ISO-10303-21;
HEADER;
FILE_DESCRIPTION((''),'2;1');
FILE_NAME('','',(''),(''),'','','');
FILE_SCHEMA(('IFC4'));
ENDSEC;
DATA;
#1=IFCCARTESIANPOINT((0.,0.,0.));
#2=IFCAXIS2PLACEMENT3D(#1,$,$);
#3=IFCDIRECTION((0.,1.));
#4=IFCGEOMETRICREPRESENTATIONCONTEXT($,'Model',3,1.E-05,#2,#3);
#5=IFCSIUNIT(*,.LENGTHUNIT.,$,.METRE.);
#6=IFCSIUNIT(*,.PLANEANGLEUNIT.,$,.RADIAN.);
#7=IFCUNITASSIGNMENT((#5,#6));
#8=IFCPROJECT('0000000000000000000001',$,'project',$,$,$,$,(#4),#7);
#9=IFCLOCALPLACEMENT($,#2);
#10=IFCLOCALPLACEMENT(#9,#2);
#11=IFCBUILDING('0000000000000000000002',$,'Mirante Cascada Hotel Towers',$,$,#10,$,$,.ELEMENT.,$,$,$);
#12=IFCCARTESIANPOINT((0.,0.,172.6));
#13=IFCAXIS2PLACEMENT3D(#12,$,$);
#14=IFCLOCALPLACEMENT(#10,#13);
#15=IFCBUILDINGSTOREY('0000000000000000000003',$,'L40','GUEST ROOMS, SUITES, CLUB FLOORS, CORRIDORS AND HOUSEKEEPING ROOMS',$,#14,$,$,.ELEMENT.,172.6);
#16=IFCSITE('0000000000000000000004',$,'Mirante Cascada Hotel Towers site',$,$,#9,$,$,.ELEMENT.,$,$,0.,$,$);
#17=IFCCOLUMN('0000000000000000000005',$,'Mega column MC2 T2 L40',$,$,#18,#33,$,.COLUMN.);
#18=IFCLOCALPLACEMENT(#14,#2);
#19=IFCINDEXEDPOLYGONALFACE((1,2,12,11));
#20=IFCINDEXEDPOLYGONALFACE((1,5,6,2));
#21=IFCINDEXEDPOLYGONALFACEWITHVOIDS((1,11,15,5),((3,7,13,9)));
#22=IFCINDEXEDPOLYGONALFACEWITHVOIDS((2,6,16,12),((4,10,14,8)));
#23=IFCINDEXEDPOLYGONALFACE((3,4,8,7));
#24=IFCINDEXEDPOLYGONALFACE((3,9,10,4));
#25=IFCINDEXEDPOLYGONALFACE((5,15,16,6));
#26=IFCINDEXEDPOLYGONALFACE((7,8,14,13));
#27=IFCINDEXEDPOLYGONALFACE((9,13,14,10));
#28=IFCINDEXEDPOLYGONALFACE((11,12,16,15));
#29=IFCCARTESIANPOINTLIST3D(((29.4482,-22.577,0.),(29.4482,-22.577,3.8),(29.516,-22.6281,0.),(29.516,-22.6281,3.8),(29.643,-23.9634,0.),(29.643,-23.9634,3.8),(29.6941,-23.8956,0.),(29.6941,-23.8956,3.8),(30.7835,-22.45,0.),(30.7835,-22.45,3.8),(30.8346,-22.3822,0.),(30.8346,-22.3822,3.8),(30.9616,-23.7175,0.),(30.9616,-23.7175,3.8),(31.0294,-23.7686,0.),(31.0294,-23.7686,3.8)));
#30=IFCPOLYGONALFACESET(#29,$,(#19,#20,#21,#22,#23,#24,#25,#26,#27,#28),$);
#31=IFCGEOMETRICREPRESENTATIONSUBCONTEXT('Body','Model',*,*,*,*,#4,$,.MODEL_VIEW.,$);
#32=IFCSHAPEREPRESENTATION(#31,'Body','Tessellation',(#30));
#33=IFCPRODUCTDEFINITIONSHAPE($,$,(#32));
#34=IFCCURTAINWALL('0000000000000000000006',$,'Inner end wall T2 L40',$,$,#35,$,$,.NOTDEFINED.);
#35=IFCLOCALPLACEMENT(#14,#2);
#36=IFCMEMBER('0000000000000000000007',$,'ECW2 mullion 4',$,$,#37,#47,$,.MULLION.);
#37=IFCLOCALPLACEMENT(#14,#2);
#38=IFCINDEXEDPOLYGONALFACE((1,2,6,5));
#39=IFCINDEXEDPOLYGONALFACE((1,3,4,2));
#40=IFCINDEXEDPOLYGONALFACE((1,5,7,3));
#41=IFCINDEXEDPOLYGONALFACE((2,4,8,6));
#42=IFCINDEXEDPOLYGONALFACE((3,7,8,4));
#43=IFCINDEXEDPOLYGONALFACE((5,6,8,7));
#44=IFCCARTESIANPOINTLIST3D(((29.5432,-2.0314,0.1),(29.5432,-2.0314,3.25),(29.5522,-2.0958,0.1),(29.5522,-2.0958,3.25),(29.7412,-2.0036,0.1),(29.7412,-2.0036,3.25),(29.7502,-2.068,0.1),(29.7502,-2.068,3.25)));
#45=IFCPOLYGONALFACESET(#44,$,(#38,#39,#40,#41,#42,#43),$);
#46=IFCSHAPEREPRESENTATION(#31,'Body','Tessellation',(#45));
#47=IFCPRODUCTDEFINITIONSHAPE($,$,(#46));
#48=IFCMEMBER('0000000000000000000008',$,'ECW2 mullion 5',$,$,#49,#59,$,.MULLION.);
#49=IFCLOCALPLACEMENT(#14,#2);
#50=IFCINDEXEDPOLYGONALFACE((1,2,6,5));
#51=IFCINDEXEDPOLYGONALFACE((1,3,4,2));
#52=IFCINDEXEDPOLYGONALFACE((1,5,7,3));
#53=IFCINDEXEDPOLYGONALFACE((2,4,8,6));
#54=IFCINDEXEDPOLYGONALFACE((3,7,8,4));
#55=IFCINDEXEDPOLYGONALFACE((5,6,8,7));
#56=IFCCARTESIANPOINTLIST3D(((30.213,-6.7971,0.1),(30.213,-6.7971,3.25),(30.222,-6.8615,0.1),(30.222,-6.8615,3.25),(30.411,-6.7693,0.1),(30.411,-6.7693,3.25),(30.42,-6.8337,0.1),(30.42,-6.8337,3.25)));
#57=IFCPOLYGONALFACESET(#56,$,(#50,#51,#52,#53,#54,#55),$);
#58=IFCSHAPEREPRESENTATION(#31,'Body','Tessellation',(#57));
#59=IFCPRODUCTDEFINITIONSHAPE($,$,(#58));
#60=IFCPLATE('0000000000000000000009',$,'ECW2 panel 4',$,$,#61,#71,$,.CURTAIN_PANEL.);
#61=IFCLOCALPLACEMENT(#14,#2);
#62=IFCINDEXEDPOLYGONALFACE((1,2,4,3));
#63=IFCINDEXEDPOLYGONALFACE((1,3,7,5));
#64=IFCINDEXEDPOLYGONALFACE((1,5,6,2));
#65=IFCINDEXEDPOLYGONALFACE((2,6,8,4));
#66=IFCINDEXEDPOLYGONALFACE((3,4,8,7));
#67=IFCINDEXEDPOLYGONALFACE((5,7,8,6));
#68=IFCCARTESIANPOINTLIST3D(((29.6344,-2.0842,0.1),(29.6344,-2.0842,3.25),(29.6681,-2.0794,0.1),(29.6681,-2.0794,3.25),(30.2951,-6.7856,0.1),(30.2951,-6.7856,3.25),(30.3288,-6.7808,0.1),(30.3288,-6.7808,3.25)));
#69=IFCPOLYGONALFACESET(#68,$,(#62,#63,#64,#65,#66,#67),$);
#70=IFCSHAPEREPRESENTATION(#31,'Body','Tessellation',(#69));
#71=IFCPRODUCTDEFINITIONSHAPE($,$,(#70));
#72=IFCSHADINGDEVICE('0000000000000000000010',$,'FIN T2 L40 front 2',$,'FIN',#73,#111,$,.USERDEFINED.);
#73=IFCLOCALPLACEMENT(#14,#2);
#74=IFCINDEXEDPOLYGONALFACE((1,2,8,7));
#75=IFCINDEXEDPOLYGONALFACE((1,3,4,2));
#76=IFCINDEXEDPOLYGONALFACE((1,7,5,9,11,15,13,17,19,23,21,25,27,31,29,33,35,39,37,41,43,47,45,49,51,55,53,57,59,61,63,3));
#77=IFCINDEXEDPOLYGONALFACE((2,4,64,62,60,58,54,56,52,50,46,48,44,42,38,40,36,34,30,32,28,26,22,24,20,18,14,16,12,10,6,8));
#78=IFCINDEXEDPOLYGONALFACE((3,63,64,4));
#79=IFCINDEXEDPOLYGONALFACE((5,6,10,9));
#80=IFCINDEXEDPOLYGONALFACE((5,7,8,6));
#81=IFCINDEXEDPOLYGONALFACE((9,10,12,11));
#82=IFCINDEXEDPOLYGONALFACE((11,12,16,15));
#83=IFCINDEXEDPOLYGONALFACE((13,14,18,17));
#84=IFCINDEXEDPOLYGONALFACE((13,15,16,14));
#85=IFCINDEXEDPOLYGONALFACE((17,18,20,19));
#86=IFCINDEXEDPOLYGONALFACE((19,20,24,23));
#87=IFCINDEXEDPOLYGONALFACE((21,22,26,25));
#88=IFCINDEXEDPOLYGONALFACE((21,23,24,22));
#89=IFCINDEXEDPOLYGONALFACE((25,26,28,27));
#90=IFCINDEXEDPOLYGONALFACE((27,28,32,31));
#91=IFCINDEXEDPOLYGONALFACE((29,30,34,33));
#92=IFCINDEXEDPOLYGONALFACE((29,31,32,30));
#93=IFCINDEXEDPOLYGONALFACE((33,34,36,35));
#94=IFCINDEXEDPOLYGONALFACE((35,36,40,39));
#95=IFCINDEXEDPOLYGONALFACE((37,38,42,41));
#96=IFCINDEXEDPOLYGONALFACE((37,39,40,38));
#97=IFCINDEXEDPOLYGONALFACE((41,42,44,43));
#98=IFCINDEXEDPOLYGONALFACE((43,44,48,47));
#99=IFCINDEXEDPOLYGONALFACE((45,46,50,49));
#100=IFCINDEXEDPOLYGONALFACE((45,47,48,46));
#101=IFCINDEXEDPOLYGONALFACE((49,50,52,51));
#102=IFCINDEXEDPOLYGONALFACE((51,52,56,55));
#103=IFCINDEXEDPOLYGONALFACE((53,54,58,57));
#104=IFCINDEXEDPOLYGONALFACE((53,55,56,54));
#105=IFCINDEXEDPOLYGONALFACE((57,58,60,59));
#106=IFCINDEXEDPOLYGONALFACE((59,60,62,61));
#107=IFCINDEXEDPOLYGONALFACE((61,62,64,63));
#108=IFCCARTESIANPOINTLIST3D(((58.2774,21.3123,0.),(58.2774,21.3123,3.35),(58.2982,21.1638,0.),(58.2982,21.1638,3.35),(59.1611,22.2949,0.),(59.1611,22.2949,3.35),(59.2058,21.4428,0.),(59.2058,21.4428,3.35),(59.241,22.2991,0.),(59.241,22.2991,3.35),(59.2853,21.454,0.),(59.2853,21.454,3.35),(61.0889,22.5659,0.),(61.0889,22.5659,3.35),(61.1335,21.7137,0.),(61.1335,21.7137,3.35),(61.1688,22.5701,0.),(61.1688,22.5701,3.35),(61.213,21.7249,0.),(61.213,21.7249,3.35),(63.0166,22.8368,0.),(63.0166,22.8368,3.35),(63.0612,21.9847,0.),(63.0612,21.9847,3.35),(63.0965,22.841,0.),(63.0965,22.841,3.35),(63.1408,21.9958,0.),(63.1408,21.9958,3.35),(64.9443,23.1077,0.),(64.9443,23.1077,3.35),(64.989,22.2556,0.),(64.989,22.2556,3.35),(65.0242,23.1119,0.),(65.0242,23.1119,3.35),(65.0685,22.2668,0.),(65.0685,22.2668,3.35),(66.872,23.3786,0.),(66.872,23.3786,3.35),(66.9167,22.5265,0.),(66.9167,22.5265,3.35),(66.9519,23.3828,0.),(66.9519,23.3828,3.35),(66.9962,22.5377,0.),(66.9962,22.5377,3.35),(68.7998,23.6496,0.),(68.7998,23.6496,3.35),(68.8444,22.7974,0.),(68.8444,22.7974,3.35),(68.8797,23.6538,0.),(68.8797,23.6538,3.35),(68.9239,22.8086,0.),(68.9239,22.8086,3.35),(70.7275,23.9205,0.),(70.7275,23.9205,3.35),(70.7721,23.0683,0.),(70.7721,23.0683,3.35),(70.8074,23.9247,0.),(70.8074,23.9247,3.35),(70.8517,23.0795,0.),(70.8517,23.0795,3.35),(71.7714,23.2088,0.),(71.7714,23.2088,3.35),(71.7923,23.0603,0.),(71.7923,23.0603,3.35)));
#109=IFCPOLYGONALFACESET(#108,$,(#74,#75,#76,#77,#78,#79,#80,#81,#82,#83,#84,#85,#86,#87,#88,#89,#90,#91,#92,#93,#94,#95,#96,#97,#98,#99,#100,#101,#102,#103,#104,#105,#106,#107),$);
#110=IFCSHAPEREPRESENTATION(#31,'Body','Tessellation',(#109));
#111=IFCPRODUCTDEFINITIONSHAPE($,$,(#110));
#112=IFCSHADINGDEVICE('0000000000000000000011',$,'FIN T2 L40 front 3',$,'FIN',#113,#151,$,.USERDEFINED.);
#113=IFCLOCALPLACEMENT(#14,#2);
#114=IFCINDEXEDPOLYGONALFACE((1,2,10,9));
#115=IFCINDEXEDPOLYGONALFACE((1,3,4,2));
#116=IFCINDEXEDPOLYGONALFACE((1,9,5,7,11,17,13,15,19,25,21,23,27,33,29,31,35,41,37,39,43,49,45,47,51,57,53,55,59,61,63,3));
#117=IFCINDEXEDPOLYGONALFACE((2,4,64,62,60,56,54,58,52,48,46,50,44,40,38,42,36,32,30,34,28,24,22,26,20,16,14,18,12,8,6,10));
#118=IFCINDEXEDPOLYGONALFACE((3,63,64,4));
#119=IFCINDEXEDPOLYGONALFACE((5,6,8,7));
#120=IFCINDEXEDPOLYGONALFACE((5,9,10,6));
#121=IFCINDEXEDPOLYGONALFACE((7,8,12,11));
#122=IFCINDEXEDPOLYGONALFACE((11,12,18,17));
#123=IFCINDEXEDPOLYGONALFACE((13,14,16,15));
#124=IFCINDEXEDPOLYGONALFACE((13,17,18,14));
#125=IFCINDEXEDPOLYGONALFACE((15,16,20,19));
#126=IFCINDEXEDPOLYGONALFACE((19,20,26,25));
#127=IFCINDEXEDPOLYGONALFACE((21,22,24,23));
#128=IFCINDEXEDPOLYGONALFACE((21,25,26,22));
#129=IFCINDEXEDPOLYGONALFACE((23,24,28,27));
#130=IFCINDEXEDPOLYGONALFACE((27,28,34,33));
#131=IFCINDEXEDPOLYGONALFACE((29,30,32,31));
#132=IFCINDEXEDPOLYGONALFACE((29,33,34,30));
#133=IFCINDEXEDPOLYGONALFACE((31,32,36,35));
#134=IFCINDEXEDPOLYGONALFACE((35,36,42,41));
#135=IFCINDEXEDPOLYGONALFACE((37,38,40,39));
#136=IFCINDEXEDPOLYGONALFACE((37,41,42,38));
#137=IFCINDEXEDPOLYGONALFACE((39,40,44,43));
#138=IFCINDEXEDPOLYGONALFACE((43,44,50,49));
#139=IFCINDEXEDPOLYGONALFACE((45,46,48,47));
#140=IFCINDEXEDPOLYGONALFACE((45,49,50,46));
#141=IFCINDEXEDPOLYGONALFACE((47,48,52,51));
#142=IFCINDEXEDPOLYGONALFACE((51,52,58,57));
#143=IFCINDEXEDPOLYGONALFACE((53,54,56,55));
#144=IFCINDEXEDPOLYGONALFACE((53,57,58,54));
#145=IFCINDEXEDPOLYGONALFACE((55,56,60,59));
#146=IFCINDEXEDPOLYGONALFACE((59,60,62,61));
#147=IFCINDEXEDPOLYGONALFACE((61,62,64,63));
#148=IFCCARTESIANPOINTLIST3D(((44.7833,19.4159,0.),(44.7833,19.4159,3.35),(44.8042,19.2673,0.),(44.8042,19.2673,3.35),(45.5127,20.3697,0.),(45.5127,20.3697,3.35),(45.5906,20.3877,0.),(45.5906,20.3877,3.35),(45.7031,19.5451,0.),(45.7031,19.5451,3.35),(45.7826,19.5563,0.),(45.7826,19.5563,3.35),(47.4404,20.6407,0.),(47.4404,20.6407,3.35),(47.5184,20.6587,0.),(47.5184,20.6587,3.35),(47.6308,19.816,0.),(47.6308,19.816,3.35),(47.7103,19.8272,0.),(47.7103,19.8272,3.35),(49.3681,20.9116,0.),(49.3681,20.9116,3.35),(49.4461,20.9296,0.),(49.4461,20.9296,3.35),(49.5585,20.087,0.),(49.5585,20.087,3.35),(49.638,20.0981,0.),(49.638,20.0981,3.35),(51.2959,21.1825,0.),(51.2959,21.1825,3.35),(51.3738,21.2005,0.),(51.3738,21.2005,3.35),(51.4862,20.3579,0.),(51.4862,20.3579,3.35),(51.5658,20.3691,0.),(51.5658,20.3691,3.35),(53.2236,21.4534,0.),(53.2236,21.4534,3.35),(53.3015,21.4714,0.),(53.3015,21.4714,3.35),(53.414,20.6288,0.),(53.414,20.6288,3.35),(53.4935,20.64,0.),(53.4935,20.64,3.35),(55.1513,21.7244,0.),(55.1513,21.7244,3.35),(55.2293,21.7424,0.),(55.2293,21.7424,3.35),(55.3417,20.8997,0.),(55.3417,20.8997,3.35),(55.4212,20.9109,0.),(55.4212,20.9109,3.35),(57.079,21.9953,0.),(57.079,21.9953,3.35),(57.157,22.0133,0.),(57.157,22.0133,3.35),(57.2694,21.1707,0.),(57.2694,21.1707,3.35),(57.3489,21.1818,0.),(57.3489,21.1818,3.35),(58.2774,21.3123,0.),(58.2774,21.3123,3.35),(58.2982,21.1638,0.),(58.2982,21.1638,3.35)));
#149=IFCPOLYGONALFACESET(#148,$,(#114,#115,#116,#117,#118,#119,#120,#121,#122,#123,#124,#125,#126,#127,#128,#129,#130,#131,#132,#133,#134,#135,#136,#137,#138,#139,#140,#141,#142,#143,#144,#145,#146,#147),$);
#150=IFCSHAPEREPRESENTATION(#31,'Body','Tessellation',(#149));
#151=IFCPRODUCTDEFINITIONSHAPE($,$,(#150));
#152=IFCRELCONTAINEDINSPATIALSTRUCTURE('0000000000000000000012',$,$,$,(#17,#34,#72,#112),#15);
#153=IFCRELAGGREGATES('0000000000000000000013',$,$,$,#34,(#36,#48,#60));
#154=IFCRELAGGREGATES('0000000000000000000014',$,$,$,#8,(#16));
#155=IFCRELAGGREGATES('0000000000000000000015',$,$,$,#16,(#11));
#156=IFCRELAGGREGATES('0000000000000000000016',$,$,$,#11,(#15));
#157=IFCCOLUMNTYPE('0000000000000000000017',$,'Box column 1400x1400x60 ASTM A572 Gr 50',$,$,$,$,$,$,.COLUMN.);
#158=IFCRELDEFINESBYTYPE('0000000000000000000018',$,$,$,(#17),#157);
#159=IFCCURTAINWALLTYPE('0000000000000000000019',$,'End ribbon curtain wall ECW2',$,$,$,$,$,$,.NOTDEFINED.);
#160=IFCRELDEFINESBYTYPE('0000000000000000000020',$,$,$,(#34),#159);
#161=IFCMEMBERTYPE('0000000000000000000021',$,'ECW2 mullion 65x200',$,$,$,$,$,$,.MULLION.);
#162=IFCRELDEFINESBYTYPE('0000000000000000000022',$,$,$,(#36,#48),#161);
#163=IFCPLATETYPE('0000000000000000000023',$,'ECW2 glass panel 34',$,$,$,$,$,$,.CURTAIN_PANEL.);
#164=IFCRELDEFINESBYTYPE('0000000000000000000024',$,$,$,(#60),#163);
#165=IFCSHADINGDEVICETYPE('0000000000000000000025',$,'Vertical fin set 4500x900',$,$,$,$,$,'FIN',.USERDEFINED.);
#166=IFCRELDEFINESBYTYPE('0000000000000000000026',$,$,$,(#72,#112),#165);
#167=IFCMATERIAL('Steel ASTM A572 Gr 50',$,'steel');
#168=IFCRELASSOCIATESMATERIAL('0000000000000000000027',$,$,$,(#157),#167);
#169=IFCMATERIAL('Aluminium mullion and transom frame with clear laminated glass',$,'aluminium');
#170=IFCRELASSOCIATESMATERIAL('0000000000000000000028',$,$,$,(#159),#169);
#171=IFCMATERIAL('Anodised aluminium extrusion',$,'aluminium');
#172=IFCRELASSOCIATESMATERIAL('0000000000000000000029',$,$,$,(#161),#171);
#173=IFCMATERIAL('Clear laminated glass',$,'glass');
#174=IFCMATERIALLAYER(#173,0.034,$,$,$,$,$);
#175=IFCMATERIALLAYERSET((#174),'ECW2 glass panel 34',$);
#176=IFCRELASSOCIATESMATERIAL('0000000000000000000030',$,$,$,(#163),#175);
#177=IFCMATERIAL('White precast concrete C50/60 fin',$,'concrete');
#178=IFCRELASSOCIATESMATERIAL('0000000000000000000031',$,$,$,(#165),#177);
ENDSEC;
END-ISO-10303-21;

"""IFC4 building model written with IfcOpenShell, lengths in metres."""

from ifc_helpers import new_model, si_unit, direction, frame, origin, origin_2d, place, context, subcontext, project, spatial, polyline, rectangle, hollow_rectangle, outline, extrude, material, layer, layer_set, material_profile, profile_set, type_object, element, aggregate, save


model = new_model("IFC4")

# Units and contexts
model_context = context("Model", 3, precision=1e-05, world=origin(), true_north=direction((0.0, 1.0)))
body_context = subcontext(model_context, "Body", "Model", "MODEL_VIEW")
ifc_project = project(units=[si_unit("LENGTHUNIT", "METRE"), si_unit("PLANEANGLEUNIT", "RADIAN")], contexts=[model_context])

# Site, building, storey
site_placement = place(None, origin())
site = spatial("IfcSite", under=ifc_project, at=site_placement, Name="Mirante Cascada Hotel Towers site", CompositionType="ELEMENT", RefElevation=0.0)
building_placement = place(site_placement, origin())
building = spatial("IfcBuilding", under=site, at=building_placement, Name="Mirante Cascada Hotel Towers", CompositionType="ELEMENT")
storey_placement = place(building_placement, frame((0.0, 0.0, 172.6)))
storey = spatial("IfcBuildingStorey", under=building, at=storey_placement, Name="L40", Description="GUEST ROOMS, SUITES, CLUB FLOORS, CORRIDORS AND HOUSEKEEPING ROOMS", CompositionType="ELEMENT", Elevation=172.6)

# Column
ifc_material_1 = material(Name="Steel ASTM A572 Gr 50", Category="steel")
ifc_material_profile_1 = material_profile(ifc_material_1, hollow_rectangle(XDim=1.4, YDim=1.4, WallThickness=0.06, at=origin_2d()), Name="Box column 1400x1400x60 ASTM A572 Gr 50")
ifc_profile_set_1 = profile_set([ifc_material_profile_1], Name="Steel ASTM A572 Gr 50")
column_type = type_object("IfcColumnType", Name="Box column 1400x1400x60 ASTM A572 Gr 50", PredefinedType="COLUMN", material=ifc_profile_set_1)
column_placement = place(storey_placement, frame((30.2388, -23.1728, 0.0), z_axis=(0.0, 0.0, 1.0), x_axis=(0.990268, 0.139173, 0.0)))
element("IfcColumn", 1, at=column_placement, inside=storey, type_object=column_type, Name="Mega column MC2 T2 L40", PredefinedType="COLUMN", context=body_context, shape_type="SweptSolid", body=[
    extrude(hollow_rectangle(XDim=1.4, YDim=1.4, WallThickness=0.06, at=origin_2d()), origin(), (0.0, 0.0, 1.0), 3.8),
])

# Curtain wall, members, plate
ifc_material_2 = material(Name="Aluminium mullion and transom frame with clear laminated glass", Category="aluminium")
curtain_wall_type = type_object("IfcCurtainWallType", Name="End ribbon curtain wall ECW2", PredefinedType="NOTDEFINED", material=ifc_material_2)
curtain_wall_placement = place(storey_placement, origin())
curtain_wall = element("IfcCurtainWall", 2, at=curtain_wall_placement, inside=storey, type_object=curtain_wall_type, Name="Inner end wall T2 L40", PredefinedType="NOTDEFINED")
ifc_material_3 = material(Name="Anodised aluminium extrusion", Category="aluminium")
ifc_material_profile_2 = material_profile(ifc_material_3, rectangle(XDim=0.2, YDim=0.065, at=origin_2d()), Name="ECW2 MULLION 65x200")
ifc_profile_set_2 = profile_set([ifc_material_profile_2], Name="Anodised aluminium extrusion")
member_type = type_object("IfcMemberType", Name="ECW2 mullion 65x200", PredefinedType="MULLION", material=ifc_profile_set_2)
member_1_placement = place(storey_placement, frame((29.6467, -2.0497, 0.1), z_axis=(0.0, 0.0, 1.0), x_axis=(0.990268, 0.139173, 0.0)))
member_1 = element("IfcMember", 3, at=member_1_placement, type_object=member_type, Name="ECW2 mullion 4", PredefinedType="MULLION", context=body_context, shape_type="SweptSolid", body=[
    extrude(rectangle(XDim=0.2, YDim=0.065, at=origin_2d()), origin(), (0.0, 0.0, 1.0), 3.15),
])
member_2_placement = place(storey_placement, frame((30.3165, -6.8154, 0.1), z_axis=(0.0, 0.0, 1.0), x_axis=(0.990268, 0.139173, 0.0)))
member_2 = element("IfcMember", 4, at=member_2_placement, type_object=member_type, Name="ECW2 mullion 5", PredefinedType="MULLION", context=body_context, shape_type="SweptSolid", body=[
    extrude(rectangle(XDim=0.2, YDim=0.065, at=origin_2d()), origin(), (0.0, 0.0, 1.0), 3.15),
])
ifc_material_4 = material(Name="Clear laminated glass", Category="glass")
ifc_layer = layer(ifc_material_4, 0.034)
ifc_layer_set = layer_set([ifc_layer], Name="ECW2 glass panel 34")
plate_type = type_object("IfcPlateType", Name="ECW2 glass panel 34", PredefinedType="CURTAIN_PANEL", material=ifc_layer_set)
plate_placement = place(storey_placement, frame((29.9816, -4.4325, 0.1), z_axis=(0.0, 0.0, 1.0), x_axis=(0.139173, -0.990268, 0.0)))
plate = element("IfcPlate", 5, at=plate_placement, type_object=plate_type, Name="ECW2 panel 4", PredefinedType="CURTAIN_PANEL", context=body_context, shape_type="SweptSolid", body=[
    extrude(rectangle(XDim=4.7476, YDim=0.034, at=origin_2d()), origin(), (0.0, 0.0, 1.0), 3.15),
])
aggregate(curtain_wall, [member_1, member_2, plate])

# Shading devices
ifc_material_5 = material(Name="White precast concrete C50/60 fin", Category="concrete")
shading_device_type = type_object("IfcShadingDeviceType", Name="Vertical fin set 4500x900", ElementType="FIN", PredefinedType="USERDEFINED", material=ifc_material_5)
shading_device_1_placement = place(storey_placement, origin())
element("IfcShadingDevice", 6, at=shading_device_1_placement, inside=storey, type_object=shading_device_type, Name="FIN T2 L40 front 2", ObjectType="FIN", PredefinedType="USERDEFINED", context=body_context, shape_type="SweptSolid", body=[
    extrude(outline(polyline([(59.241, 22.2991), (59.2853, 21.454), (61.1335, 21.7137), (61.0889, 22.5659), (61.1688, 22.5701), (61.213, 21.7249), (63.0612, 21.9847), (63.0166, 22.8368), (63.0965, 22.841), (63.1408, 21.9958), (64.989, 22.2556), (64.9443, 23.1077), (65.0242, 23.1119), (65.0685, 22.2668), (66.9167, 22.5265), (66.872, 23.3786), (66.9519, 23.3828), (66.9962, 22.5377), (68.8444, 22.7974), (68.7998, 23.6496), (68.8797, 23.6538), (68.9239, 22.8086), (70.7721, 23.0683), (70.7275, 23.9205), (70.8074, 23.9247), (70.8517, 23.0795), (71.7714, 23.2088), (71.7923, 23.0603), (58.2982, 21.1638), (58.2774, 21.3123), (59.2058, 21.4428), (59.1611, 22.2949), (59.241, 22.2991)])), origin(), (0.0, 0.0, 1.0), 3.35),
])
shading_device_2_placement = place(storey_placement, origin())
element("IfcShadingDevice", 7, at=shading_device_2_placement, inside=storey, type_object=shading_device_type, Name="FIN T2 L40 front 3", ObjectType="FIN", PredefinedType="USERDEFINED", context=body_context, shape_type="SweptSolid", body=[
    extrude(outline(polyline([(45.5906, 20.3877), (45.7826, 19.5563), (47.6308, 19.816), (47.4404, 20.6407), (47.5184, 20.6587), (47.7103, 19.8272), (49.5585, 20.087), (49.3681, 20.9116), (49.4461, 20.9296), (49.638, 20.0981), (51.4862, 20.3579), (51.2959, 21.1825), (51.3738, 21.2005), (51.5658, 20.3691), (53.414, 20.6288), (53.2236, 21.4534), (53.3015, 21.4714), (53.4935, 20.64), (55.3417, 20.8997), (55.1513, 21.7244), (55.2293, 21.7424), (55.4212, 20.9109), (57.2694, 21.1707), (57.079, 21.9953), (57.157, 22.0133), (57.3489, 21.1818), (58.2774, 21.3123), (58.2982, 21.1638), (44.8042, 19.2673), (44.7833, 19.4159), (45.7031, 19.5451), (45.5127, 20.3697), (45.5906, 20.3877)])), origin(), (0.0, 0.0, 1.0), 3.35),
])

save(model, "model.ifc")
